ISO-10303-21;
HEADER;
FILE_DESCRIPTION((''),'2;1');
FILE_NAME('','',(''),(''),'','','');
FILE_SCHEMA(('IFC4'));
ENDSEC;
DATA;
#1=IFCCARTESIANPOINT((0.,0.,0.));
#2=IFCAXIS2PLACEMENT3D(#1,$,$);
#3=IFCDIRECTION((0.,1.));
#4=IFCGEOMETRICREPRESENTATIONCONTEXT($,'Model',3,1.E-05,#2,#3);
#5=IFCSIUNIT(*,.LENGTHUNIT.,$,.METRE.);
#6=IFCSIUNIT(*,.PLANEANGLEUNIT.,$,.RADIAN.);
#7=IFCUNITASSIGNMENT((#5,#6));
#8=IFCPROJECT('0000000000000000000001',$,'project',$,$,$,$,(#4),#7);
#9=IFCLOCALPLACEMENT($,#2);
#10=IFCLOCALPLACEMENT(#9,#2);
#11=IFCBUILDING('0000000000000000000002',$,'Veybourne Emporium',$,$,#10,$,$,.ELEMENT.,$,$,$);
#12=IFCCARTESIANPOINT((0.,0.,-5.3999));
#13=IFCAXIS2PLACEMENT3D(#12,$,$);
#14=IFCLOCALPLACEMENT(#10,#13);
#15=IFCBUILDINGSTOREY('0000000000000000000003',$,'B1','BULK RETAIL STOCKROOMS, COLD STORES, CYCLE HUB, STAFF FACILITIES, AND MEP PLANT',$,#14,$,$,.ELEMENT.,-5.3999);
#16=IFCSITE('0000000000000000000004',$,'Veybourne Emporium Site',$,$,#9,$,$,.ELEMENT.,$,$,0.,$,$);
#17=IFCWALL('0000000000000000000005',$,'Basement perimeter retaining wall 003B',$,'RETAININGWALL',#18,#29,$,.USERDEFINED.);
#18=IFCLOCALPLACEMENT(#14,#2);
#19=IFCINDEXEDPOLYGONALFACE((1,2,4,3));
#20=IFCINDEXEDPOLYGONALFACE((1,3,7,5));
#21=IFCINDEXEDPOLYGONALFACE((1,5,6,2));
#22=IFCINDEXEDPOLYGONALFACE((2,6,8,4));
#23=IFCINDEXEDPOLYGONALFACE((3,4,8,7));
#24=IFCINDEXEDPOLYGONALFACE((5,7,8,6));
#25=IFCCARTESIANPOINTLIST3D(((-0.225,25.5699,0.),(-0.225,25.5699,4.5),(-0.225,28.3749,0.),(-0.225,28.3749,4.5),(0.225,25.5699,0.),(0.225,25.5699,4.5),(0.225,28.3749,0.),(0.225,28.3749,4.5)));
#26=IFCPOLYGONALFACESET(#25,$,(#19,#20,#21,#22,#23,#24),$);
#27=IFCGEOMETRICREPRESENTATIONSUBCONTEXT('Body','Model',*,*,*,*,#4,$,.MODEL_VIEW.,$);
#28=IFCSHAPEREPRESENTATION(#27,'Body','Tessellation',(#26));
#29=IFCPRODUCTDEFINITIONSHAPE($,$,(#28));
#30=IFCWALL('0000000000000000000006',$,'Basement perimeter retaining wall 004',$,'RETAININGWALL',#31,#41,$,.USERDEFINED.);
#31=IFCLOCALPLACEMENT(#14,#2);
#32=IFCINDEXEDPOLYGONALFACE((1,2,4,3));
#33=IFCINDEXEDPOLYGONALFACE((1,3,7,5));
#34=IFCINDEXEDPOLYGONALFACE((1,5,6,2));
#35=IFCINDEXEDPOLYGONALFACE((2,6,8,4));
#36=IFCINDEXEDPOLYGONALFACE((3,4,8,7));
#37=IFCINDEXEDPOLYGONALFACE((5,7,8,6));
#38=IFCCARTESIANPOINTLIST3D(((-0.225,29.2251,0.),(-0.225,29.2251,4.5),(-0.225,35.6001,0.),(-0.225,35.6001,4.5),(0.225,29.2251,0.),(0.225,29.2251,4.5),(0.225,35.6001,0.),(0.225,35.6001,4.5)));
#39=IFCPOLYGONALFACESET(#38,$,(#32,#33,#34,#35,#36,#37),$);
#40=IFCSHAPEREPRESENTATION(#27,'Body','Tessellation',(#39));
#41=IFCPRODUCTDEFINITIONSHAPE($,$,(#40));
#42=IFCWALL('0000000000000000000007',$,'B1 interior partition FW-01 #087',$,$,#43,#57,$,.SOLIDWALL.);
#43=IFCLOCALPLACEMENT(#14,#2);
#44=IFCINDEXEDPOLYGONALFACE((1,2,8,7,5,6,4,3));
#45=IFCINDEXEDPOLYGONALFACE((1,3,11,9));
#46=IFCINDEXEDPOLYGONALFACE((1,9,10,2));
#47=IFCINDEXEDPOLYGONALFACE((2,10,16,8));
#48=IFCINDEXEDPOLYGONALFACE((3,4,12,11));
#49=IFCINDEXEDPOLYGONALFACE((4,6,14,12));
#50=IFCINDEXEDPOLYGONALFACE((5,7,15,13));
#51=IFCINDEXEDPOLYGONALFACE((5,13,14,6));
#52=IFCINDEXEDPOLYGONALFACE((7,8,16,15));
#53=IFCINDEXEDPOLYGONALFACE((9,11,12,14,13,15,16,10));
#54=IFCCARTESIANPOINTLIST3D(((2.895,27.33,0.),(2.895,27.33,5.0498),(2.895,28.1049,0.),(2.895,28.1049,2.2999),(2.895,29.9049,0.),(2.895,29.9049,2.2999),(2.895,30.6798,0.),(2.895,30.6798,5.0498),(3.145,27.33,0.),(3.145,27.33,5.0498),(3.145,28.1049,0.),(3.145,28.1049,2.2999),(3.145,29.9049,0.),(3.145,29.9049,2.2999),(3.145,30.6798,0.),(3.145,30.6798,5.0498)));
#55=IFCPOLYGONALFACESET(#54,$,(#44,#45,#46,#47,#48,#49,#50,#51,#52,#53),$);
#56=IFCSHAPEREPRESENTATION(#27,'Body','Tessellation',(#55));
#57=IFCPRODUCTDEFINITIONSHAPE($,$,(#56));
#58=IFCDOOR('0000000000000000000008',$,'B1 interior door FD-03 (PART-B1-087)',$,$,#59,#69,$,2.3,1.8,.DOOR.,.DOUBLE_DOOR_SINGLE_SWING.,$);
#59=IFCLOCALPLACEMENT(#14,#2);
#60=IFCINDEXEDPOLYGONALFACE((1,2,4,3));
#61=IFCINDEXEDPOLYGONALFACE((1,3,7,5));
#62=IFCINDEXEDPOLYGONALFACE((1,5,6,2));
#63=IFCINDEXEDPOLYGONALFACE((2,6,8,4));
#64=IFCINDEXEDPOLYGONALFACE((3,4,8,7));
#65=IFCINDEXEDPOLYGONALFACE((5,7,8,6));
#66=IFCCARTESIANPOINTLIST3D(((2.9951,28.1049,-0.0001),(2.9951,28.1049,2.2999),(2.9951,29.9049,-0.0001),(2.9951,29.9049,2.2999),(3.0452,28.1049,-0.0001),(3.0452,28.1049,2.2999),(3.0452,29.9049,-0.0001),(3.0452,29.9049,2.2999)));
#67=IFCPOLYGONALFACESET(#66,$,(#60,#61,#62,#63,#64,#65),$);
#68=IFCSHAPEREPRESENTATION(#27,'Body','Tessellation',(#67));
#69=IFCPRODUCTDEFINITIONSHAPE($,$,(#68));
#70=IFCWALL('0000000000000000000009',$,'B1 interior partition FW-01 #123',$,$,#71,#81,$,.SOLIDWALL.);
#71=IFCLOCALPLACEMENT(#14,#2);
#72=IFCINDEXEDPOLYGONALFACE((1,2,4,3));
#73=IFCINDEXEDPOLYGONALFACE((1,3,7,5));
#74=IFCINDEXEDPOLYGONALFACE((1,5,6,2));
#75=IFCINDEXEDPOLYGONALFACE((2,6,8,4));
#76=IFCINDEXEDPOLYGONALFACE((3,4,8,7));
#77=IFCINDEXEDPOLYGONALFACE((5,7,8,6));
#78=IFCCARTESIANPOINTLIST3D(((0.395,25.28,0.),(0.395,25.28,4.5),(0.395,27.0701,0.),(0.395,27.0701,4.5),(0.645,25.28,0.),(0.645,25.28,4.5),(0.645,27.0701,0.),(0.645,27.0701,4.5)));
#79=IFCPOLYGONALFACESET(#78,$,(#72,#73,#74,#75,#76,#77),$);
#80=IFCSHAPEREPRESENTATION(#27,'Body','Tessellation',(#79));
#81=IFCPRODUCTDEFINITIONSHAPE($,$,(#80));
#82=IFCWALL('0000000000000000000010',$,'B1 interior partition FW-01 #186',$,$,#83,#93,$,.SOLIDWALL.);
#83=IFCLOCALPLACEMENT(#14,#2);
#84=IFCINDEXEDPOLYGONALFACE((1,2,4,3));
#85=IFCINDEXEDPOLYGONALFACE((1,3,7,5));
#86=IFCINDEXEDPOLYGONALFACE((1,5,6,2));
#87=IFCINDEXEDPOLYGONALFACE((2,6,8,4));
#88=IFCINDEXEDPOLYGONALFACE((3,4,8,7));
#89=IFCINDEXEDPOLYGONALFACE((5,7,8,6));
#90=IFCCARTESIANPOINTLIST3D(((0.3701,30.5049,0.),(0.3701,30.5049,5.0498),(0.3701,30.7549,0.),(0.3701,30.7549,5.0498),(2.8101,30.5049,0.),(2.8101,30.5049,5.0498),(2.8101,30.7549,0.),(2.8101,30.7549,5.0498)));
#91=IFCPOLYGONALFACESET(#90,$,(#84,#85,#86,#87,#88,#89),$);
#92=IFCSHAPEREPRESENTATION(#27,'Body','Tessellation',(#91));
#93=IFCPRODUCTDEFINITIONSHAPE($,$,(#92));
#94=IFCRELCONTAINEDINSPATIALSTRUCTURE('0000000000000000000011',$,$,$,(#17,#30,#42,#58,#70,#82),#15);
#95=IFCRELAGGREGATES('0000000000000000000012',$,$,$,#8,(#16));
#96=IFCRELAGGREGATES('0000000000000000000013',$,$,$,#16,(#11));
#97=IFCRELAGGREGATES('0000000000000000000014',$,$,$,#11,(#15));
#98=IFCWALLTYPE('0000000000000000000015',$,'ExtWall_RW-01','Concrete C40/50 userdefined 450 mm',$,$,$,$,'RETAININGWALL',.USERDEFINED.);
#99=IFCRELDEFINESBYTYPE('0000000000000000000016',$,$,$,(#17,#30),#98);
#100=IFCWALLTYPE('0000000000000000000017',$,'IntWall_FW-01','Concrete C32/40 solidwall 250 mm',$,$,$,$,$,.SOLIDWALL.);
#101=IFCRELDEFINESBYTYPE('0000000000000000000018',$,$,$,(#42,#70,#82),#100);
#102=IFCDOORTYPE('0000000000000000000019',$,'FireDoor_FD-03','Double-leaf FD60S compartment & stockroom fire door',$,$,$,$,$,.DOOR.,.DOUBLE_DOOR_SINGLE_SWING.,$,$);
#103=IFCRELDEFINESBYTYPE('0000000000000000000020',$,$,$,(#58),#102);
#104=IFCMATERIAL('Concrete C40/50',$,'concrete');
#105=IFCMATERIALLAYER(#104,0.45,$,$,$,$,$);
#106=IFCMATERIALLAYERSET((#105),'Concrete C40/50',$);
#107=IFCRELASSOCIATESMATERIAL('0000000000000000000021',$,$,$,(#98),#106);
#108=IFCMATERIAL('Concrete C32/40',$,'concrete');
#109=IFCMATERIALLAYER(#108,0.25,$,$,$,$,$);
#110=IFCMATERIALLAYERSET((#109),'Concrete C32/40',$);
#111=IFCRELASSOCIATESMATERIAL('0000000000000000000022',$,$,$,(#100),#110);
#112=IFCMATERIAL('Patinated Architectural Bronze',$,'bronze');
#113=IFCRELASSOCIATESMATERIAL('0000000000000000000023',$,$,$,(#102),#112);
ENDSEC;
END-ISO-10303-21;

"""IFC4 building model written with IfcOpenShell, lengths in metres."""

from ifc_helpers import new_model, si_unit, direction, frame, frame_2d, origin, place, context, subcontext, project, spatial, rectangle, extrude, material, layer, layer_set, type_object, element, fill, save


model = new_model("IFC4")

# Units and contexts
model_context = context("Model", 3, precision=1e-05, world=origin(), true_north=direction((0.0, 1.0)))
body_context = subcontext(model_context, "Body", "Model", "MODEL_VIEW")
ifc_project = project(units=[si_unit("LENGTHUNIT", "METRE"), si_unit("PLANEANGLEUNIT", "RADIAN")], contexts=[model_context])

# Site, building, storey
site_placement = place(None, origin())
site = spatial("IfcSite", under=ifc_project, at=site_placement, Name="Veybourne Emporium Site", CompositionType="ELEMENT", RefElevation=0.0)
building_placement = place(site_placement, origin())
building = spatial("IfcBuilding", under=site, at=building_placement, Name="Veybourne Emporium", CompositionType="ELEMENT")
storey_placement = place(building_placement, frame((0.0, 0.0, -5.3999)))
storey = spatial("IfcBuildingStorey", under=building, at=storey_placement, Name="B1", Description="BULK RETAIL STOCKROOMS, COLD STORES, CYCLE HUB, STAFF FACILITIES, AND MEP PLANT", CompositionType="ELEMENT", Elevation=-5.3999)

# Shared definitions
ifc_material_1 = material(Name="Concrete C40/50", Category="concrete")

# Shared definitions
ifc_material_2 = material(Name="Concrete C32/40", Category="concrete")

# Walls
ifc_layer_1 = layer(ifc_material_1, 0.45)
ifc_layer_set_1 = layer_set([ifc_layer_1], Name="Concrete C40/50")
wall_type_1 = type_object("IfcWallType", Name="ExtWall_RW-01", Description="Concrete C40/50 userdefined 450 mm", ElementType="RETAININGWALL", PredefinedType="USERDEFINED", material=ifc_layer_set_1)
wall_1_placement = place(storey_placement, frame((0.0, 25.5701, 0.0), z_axis=(0.0, 0.0, 1.0), x_axis=(0.0, 1.0, 0.0)))
element("IfcWall", 1, at=wall_1_placement, inside=storey, type_object=wall_type_1, Name="Basement perimeter retaining wall 003B", ObjectType="RETAININGWALL", PredefinedType="USERDEFINED", context=body_context, shape_type="SweptSolid", body=[
    extrude(rectangle(XDim=2.8049, YDim=0.45, at=frame_2d((1.4023, 0.0))), origin(), (0.0, 0.0, 1.0), 4.5),
])
wall_2_placement = place(storey_placement, frame((0.0, 29.2251, 0.0), z_axis=(0.0, 0.0, 1.0), x_axis=(0.0, 1.0, 0.0)))
element("IfcWall", 2, at=wall_2_placement, inside=storey, type_object=wall_type_1, Name="Basement perimeter retaining wall 004", ObjectType="RETAININGWALL", PredefinedType="USERDEFINED", context=body_context, shape_type="SweptSolid", body=[
    extrude(rectangle(XDim=6.375, YDim=0.45, at=frame_2d((3.1875, 0.0))), origin(), (0.0, 0.0, 1.0), 4.5),
])

# Wall, opening, door
ifc_layer_2 = layer(ifc_material_2, 0.25)
ifc_layer_set_2 = layer_set([ifc_layer_2], Name="Concrete C32/40")
wall_type_2 = type_object("IfcWallType", Name="IntWall_FW-01", Description="Concrete C32/40 solidwall 250 mm", PredefinedType="SOLIDWALL", material=ifc_layer_set_2)
wall_3_placement = place(storey_placement, frame((3.02, 27.3301, 0.0), z_axis=(0.0, 0.0, 1.0), x_axis=(0.0, 1.0, 0.0)))
wall_3 = element("IfcWall", 3, at=wall_3_placement, inside=storey, type_object=wall_type_2, Name="B1 interior partition FW-01 #087", PredefinedType="SOLIDWALL", context=body_context, shape_type="SweptSolid", body=[
    extrude(rectangle(XDim=3.3499, YDim=0.25, at=frame_2d((1.6748, 0.0))), origin(), (0.0, 0.0, 1.0), 5.0498),
])
opening_1_placement = place(wall_3_placement, frame((0.7749, 0.0, 0.0)))
opening_1 = element("IfcOpeningElement", 4, at=opening_1_placement, cuts=wall_3, PredefinedType="OPENING", context=body_context, shape_type="SweptSolid", body=[
    extrude(rectangle(XDim=1.8, YDim=2.3, at=frame_2d((0.8999, 1.1499))), frame((0.0, 0.145, 0.0), z_axis=(0.0, -1.0, 0.0), x_axis=(1.0, 0.0, 0.0)), (0.0, 0.0, 1.0), 0.29),
])
ifc_material_3 = material(Name="Patinated Architectural Bronze", Category="bronze")
door_type_1 = type_object("IfcDoorType", Name="FireDoor_FD-03", Description="Double-leaf FD60S compartment & stockroom fire door", OperationType="DOUBLE_DOOR_SINGLE_SWING", PredefinedType="DOOR", material=ifc_material_3)
door_1_placement = place(opening_1_placement, origin())
door_1 = element("IfcDoor", 5, at=door_1_placement, inside=storey, type_object=door_type_1, Name="B1 interior door FD-03 (PART-B1-087)", OperationType="DOUBLE_DOOR_SINGLE_SWING", OverallHeight=2.3, OverallWidth=1.8, PredefinedType="DOOR", context=body_context, shape_type="SweptSolid", body=[
    extrude(rectangle(XDim=1.8, YDim=2.3, at=frame_2d((0.8999, 1.1499))), frame((0.0, 0.0249, 0.0), z_axis=(0.0, -1.0, 0.0), x_axis=(1.0, 0.0, 0.0)), (0.0, 0.0, 1.0), 0.05),
])
fill(opening_1, door_1)

# Walls
wall_4_placement = place(storey_placement, frame((0.52, 25.28, 0.0), z_axis=(0.0, 0.0, 1.0), x_axis=(0.0, 1.0, 0.0)))
element("IfcWall", 6, at=wall_4_placement, inside=storey, type_object=wall_type_2, Name="B1 interior partition FW-01 #123", PredefinedType="SOLIDWALL", context=body_context, shape_type="SweptSolid", body=[
    extrude(rectangle(XDim=1.79, YDim=0.25, at=frame_2d((0.895, 0.0))), origin(), (0.0, 0.0, 1.0), 4.5),
])
wall_5_placement = place(storey_placement, frame((0.3701, 30.6299, 0.0), z_axis=(0.0, 0.0, 1.0), x_axis=(1.0, 0.0, 0.0)))
element("IfcWall", 7, at=wall_5_placement, inside=storey, type_object=wall_type_2, Name="B1 interior partition FW-01 #186", PredefinedType="SOLIDWALL", context=body_context, shape_type="SweptSolid", body=[
    extrude(rectangle(XDim=2.4399, YDim=0.25, at=frame_2d((1.22, 0.0))), origin(), (0.0, 0.0, 1.0), 5.0498),
])

save(model, "model.ifc")
